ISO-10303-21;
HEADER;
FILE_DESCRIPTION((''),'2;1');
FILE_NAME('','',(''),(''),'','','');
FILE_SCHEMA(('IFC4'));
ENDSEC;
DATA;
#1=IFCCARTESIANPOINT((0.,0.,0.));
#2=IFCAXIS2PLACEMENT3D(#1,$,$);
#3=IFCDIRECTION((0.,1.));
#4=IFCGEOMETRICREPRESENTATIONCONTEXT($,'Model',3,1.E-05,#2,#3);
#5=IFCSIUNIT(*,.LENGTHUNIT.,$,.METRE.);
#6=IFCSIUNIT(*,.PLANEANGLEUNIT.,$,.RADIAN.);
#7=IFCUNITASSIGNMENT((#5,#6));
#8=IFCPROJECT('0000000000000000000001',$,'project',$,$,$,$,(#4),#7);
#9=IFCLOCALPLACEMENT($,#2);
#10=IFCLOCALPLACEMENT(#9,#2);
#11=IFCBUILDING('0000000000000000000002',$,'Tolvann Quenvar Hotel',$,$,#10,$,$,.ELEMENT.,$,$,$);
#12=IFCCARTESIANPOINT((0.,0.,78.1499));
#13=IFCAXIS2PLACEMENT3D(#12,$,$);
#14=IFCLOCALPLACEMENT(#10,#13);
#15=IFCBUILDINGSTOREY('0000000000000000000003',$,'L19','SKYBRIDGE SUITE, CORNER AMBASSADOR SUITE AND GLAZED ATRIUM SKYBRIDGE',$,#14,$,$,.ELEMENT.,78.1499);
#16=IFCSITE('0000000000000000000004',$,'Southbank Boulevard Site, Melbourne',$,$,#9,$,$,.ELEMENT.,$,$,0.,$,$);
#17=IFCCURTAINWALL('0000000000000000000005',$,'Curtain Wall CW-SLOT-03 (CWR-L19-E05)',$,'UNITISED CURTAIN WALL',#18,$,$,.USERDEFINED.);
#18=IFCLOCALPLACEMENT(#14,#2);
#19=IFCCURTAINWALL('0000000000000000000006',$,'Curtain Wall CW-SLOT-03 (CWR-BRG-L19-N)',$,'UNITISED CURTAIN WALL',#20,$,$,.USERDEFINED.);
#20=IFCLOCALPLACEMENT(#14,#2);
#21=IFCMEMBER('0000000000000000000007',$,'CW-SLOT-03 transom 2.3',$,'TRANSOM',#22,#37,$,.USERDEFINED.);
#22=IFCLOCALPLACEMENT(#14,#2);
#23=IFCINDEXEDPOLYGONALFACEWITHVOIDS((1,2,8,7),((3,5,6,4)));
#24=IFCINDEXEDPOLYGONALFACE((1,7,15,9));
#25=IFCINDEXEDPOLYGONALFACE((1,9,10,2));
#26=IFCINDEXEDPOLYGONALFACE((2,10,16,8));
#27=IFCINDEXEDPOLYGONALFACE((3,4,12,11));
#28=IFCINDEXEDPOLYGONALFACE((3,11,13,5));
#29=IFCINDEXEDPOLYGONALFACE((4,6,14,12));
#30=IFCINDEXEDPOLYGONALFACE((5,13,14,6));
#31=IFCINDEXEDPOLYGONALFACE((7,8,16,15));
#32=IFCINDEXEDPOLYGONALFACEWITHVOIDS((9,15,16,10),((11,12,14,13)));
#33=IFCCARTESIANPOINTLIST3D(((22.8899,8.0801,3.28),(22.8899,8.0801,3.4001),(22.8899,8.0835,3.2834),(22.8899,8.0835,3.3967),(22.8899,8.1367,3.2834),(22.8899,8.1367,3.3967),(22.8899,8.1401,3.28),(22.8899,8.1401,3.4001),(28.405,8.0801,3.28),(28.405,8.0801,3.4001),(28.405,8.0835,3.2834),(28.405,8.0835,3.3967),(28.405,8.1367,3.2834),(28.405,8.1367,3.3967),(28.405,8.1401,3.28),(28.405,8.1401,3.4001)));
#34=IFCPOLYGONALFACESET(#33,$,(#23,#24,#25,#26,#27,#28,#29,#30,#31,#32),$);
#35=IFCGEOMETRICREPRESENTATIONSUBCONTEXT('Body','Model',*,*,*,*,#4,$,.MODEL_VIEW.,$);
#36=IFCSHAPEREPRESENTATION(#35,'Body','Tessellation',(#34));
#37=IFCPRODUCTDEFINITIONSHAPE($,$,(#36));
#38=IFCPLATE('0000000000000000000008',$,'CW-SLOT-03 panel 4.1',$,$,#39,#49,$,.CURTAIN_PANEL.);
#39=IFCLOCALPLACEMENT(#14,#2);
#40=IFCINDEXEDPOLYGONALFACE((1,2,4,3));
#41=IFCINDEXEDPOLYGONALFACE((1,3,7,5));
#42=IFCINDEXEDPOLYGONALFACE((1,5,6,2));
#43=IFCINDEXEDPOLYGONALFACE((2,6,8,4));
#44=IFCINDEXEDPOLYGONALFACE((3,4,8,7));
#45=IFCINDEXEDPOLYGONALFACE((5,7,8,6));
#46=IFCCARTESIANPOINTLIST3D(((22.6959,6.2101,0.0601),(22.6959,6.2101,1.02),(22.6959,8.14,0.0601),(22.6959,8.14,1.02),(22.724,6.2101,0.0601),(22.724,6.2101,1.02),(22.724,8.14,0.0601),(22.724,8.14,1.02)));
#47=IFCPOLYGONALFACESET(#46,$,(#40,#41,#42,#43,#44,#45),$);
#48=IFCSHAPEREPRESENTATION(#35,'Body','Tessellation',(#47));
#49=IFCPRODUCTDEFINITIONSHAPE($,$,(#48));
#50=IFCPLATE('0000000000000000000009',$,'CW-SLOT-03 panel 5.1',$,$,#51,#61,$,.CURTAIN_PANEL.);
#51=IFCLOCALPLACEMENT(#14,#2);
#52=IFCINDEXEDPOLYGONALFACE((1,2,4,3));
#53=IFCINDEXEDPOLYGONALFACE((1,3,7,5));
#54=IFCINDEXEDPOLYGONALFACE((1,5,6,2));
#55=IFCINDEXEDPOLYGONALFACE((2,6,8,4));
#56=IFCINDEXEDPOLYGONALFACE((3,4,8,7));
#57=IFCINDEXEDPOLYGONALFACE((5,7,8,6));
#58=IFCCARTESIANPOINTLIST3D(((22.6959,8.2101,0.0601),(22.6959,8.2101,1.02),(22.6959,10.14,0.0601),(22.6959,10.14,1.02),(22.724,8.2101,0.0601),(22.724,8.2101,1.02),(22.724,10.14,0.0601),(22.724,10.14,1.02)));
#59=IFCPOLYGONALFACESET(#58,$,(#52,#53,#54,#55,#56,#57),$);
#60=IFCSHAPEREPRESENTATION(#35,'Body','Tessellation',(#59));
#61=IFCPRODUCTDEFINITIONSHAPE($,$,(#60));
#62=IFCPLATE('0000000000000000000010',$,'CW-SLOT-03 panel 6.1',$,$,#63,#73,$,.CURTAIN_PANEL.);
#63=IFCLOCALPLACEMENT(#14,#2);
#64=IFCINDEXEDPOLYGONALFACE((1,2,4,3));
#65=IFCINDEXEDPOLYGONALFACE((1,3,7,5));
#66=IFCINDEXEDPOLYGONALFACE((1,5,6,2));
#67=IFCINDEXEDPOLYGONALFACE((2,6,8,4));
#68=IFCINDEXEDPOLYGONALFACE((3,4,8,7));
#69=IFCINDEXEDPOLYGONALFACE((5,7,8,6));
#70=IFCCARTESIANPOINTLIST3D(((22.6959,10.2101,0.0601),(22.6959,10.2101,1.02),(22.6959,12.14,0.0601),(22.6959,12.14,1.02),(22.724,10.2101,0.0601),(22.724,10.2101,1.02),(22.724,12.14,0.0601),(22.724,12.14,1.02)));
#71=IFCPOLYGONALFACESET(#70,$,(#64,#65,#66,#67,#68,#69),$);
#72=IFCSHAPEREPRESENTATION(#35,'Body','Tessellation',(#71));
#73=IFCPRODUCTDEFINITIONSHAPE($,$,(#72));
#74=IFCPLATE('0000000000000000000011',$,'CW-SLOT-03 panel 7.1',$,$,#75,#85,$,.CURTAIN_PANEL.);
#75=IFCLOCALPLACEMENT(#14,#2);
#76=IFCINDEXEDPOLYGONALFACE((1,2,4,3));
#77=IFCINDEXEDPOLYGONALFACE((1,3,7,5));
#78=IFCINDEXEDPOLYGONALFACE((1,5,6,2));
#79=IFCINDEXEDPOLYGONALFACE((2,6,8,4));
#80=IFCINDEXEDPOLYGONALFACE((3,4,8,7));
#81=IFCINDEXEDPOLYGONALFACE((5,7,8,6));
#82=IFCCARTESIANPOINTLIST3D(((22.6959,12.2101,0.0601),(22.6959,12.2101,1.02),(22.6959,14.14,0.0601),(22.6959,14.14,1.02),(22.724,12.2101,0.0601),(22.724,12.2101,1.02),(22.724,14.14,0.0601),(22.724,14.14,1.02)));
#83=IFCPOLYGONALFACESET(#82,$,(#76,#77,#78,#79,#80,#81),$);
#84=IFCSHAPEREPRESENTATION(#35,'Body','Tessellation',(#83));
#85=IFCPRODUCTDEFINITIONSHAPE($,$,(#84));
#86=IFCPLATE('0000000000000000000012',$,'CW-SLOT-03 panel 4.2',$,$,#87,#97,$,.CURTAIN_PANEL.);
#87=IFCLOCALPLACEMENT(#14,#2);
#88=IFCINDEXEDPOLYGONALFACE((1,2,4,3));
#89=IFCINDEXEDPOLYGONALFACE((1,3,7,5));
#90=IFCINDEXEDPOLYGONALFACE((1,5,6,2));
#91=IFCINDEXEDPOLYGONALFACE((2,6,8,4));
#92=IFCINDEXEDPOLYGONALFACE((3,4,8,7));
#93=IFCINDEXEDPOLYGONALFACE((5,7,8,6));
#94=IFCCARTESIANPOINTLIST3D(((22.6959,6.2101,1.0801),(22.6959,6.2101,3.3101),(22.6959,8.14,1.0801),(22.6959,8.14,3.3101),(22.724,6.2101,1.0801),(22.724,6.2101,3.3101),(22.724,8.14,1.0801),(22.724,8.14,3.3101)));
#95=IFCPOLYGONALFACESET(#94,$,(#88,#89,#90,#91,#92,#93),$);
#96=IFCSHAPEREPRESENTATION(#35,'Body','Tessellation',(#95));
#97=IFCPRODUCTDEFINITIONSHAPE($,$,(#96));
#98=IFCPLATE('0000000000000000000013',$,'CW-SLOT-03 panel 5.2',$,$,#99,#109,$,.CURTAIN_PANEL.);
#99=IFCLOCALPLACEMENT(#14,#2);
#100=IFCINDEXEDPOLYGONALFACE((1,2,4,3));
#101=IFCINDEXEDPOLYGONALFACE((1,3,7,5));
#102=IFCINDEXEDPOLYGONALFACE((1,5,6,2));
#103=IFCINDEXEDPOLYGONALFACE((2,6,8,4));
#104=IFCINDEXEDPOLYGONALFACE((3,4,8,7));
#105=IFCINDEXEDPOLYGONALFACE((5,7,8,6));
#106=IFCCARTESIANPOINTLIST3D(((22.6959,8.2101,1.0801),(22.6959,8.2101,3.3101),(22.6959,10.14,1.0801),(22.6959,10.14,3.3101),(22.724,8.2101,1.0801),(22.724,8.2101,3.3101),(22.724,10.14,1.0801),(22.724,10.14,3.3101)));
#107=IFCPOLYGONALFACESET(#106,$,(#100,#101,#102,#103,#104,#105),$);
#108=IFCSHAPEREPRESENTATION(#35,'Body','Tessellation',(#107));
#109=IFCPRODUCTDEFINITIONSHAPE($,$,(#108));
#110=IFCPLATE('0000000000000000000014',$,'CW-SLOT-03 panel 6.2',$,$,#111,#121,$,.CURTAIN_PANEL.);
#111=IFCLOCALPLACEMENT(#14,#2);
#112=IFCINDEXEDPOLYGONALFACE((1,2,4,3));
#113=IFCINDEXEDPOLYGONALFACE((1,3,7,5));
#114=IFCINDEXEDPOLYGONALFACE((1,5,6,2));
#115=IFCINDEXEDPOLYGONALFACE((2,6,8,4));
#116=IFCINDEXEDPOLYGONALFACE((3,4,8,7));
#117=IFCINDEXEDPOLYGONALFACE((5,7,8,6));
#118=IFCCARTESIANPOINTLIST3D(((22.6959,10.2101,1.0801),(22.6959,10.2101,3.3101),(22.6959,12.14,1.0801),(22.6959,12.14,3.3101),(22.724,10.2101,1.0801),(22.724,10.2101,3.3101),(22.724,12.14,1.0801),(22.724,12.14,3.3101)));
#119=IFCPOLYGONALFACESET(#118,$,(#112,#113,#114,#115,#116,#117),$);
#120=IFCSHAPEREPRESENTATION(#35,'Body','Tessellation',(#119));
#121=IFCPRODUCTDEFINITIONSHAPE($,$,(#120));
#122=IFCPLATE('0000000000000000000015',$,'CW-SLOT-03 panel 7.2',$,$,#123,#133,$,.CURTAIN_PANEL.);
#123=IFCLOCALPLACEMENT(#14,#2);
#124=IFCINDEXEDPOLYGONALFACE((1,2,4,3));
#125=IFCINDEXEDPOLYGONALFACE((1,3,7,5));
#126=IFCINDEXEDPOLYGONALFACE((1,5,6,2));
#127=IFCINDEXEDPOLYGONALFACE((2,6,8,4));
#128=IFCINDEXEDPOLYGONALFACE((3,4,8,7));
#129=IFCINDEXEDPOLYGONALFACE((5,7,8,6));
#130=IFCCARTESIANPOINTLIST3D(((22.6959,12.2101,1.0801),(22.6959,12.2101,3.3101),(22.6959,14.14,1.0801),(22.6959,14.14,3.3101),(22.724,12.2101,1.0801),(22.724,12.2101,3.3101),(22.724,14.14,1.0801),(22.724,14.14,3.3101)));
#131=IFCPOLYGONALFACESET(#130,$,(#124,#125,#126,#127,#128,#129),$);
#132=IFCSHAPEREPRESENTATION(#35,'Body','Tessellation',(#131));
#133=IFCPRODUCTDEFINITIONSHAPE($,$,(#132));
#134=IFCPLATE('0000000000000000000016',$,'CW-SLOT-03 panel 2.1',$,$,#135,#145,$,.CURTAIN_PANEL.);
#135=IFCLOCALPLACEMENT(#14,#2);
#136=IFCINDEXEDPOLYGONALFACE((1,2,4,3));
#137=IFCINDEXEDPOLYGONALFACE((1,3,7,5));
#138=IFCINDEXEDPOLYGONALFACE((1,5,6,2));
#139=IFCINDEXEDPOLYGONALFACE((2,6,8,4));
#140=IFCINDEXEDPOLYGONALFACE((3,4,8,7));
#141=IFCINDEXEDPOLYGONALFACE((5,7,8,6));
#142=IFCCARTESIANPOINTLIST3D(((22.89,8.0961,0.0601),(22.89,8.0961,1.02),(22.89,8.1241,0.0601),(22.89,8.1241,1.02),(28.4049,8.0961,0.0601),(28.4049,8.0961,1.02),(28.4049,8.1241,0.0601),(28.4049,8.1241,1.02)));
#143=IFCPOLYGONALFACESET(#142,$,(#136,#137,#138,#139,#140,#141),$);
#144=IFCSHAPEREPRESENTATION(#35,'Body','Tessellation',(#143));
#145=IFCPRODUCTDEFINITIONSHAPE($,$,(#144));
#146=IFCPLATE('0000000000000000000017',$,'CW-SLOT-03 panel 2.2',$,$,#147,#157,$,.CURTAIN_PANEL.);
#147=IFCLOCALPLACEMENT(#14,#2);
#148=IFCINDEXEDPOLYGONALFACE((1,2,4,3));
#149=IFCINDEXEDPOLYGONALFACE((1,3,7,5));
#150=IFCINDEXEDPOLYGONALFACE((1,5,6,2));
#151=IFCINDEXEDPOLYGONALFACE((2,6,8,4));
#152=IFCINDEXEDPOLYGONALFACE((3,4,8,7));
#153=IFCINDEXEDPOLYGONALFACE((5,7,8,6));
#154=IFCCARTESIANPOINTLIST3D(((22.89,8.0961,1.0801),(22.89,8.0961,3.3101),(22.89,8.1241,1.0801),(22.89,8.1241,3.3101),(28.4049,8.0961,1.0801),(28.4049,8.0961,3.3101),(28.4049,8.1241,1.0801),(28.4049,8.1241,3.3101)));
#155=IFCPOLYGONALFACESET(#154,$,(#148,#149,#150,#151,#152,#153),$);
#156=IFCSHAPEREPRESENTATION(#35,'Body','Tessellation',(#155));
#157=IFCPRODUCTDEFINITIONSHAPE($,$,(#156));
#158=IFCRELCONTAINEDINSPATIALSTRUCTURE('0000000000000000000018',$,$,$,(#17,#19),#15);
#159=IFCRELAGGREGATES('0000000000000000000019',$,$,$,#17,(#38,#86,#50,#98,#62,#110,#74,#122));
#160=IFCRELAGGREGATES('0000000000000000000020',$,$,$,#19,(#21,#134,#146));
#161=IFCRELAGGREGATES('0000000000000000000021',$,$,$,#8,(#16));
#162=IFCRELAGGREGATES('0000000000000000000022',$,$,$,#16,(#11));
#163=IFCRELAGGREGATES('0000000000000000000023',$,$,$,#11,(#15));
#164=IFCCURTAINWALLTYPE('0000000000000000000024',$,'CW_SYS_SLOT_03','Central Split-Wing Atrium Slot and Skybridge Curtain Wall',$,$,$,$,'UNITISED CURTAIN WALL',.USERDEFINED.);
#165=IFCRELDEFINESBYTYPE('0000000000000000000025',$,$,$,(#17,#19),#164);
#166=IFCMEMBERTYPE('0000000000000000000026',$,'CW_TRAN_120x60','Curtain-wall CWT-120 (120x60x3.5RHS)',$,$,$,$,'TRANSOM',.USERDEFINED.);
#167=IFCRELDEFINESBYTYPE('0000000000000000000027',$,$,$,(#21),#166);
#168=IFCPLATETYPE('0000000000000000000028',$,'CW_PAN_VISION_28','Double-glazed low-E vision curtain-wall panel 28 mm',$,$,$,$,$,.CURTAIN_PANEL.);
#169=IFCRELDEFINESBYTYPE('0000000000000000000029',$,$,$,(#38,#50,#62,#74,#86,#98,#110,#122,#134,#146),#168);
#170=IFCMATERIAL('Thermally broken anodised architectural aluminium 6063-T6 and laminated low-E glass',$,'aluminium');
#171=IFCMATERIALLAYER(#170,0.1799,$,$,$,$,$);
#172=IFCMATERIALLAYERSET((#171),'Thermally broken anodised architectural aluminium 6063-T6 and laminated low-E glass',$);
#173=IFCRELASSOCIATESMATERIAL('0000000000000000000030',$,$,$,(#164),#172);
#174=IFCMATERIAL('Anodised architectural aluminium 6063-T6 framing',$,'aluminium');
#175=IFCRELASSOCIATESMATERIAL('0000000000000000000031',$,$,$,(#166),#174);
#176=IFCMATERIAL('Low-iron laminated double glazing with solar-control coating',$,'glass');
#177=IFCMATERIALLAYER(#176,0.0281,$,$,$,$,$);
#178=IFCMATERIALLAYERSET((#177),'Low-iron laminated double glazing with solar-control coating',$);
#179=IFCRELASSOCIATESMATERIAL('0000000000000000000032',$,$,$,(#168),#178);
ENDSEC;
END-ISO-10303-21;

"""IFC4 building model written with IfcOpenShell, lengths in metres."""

from ifc_helpers import new_model, si_unit, direction, frame, origin, origin_2d, place, context, subcontext, project, spatial, rectangle, hollow_rectangle, extrude, source, transform, mapped, material, layer, layer_set, material_profile, profile_set, type_object, type_shapes, element, aggregate, save


model = new_model("IFC4")

# Units and contexts
model_context = context("Model", 3, precision=1e-05, world=origin(), true_north=direction((0.0, 1.0)))
body_context = subcontext(model_context, "Body", "Model", "MODEL_VIEW")
ifc_project = project(units=[si_unit("LENGTHUNIT", "METRE"), si_unit("PLANEANGLEUNIT", "RADIAN")], contexts=[model_context])

# Site, building, storey
site_placement = place(None, origin())
site = spatial("IfcSite", under=ifc_project, at=site_placement, Name="Southbank Boulevard Site, Melbourne", CompositionType="ELEMENT", RefElevation=0.0)
building_placement = place(site_placement, origin())
building = spatial("IfcBuilding", under=site, at=building_placement, Name="Tolvann Quenvar Hotel", CompositionType="ELEMENT")
storey_placement = place(building_placement, frame((0.0, 0.0, 78.1499)))
storey = spatial("IfcBuildingStorey", under=building, at=storey_placement, Name="L19", Description="SKYBRIDGE SUITE, CORNER AMBASSADOR SUITE AND GLAZED ATRIUM SKYBRIDGE", CompositionType="ELEMENT", Elevation=78.1499)

# Curtain walls
ifc_material_1 = material(Name="Thermally broken anodised architectural aluminium 6063-T6 and laminated low-E glass", Category="aluminium")
ifc_layer_1 = layer(ifc_material_1, 0.1799)
ifc_layer_set_1 = layer_set([ifc_layer_1], Name="Thermally broken anodised architectural aluminium 6063-T6 and laminated low-E glass")
curtain_wall_type = type_object("IfcCurtainWallType", Name="CW_SYS_SLOT_03", Description="Central Split-Wing Atrium Slot and Skybridge Curtain Wall", ElementType="UNITISED CURTAIN WALL", PredefinedType="USERDEFINED", material=ifc_layer_set_1)
curtain_wall_1_placement = place(storey_placement, origin())
curtain_wall_1 = element("IfcCurtainWall", 1, at=curtain_wall_1_placement, inside=storey, type_object=curtain_wall_type, Name="Curtain Wall CW-SLOT-03 (CWR-L19-E05)", ObjectType="UNITISED CURTAIN WALL", PredefinedType="USERDEFINED")
ifc_material_2 = material(Name="Anodised architectural aluminium 6063-T6 framing", Category="aluminium")
curtain_wall_2_placement = place(storey_placement, origin())
curtain_wall_2 = element("IfcCurtainWall", 2, at=curtain_wall_2_placement, inside=storey, type_object=curtain_wall_type, Name="Curtain Wall CW-SLOT-03 (CWR-BRG-L19-N)", ObjectType="UNITISED CURTAIN WALL", PredefinedType="USERDEFINED")

# Member
ifc_material_profile_1 = material_profile(ifc_material_2, hollow_rectangle(XDim=0.0601, YDim=0.1201, WallThickness=0.0034, at=origin_2d()), Name="120x60x3.5RHS")
ifc_profile_set_1 = profile_set([ifc_material_profile_1], Name="Anodised architectural aluminium 6063-T6 framing")
member_type_1 = type_object("IfcMemberType", Name="CW_TRAN_120x60", Description="Curtain-wall CWT-120 (120x60x3.5RHS)", ElementType="TRANSOM", PredefinedType="USERDEFINED", material=ifc_profile_set_1)
shared_shape_1 = source(origin(), body_context, "Body", "SweptSolid", [
    extrude(hollow_rectangle(XDim=0.0601, YDim=0.1201, WallThickness=0.0034, at=origin_2d()), origin(), (0.0, 0.0, 1.0), 5.5151),
])
member_1_placement = place(storey_placement, frame((28.405, 8.1101, 3.3401), z_axis=(-1.0, 0.0, 0.0), x_axis=(0.0, -1.0, 0.0)))
member_1 = element("IfcMember", 3, at=member_1_placement, type_object=member_type_1, Name="CW-SLOT-03 transom 2.3", ObjectType="TRANSOM", PredefinedType="USERDEFINED", context=body_context, shape_type="MappedRepresentation", body=[
    mapped(shared_shape_1, transform((0.0, 0.0, 0.0), x_axis=(1.0, 0.0, 0.0), y_axis=(0.0, 1.0, 0.0), z_axis=(0.0, 0.0, 1.0), scale=1.0)),
])

# Plates
ifc_material_3 = material(Name="Low-iron laminated double glazing with solar-control coating", Category="glass")
ifc_layer_2 = layer(ifc_material_3, 0.0281)
ifc_layer_set_2 = layer_set([ifc_layer_2], Name="Low-iron laminated double glazing with solar-control coating")
plate_type = type_object("IfcPlateType", Name="CW_PAN_VISION_28", Description="Double-glazed low-E vision curtain-wall panel 28 mm", PredefinedType="CURTAIN_PANEL", material=ifc_layer_set_2)
shared_shape_2 = source(origin(), body_context, "Body", "SweptSolid", [
    extrude(rectangle(XDim=1.9299, YDim=0.0281, at=origin_2d()), origin(), (0.0, 0.0, 1.0), 0.96),
])
plate_1_placement = place(storey_placement, frame((22.71, 7.175, 0.0601), z_axis=(0.0, 0.0, 1.0), x_axis=(0.0, 1.0, 0.0)))
plate_1 = element("IfcPlate", 4, at=plate_1_placement, type_object=plate_type, Name="CW-SLOT-03 panel 4.1", PredefinedType="CURTAIN_PANEL", context=body_context, shape_type="MappedRepresentation", body=[
    mapped(shared_shape_2, transform((0.0, 0.0, 0.0), x_axis=(1.0, 0.0, 0.0), y_axis=(0.0, 1.0, 0.0), z_axis=(0.0, 0.0, 1.0), scale=1.0)),
])
plate_2_placement = place(storey_placement, frame((22.71, 9.175, 0.0601), z_axis=(0.0, 0.0, 1.0), x_axis=(0.0, 1.0, 0.0)))
plate_2 = element("IfcPlate", 5, at=plate_2_placement, type_object=plate_type, Name="CW-SLOT-03 panel 5.1", PredefinedType="CURTAIN_PANEL", context=body_context, shape_type="MappedRepresentation", body=[
    mapped(shared_shape_2, transform((0.0, 0.0, 0.0), x_axis=(1.0, 0.0, 0.0), y_axis=(0.0, 1.0, 0.0), z_axis=(0.0, 0.0, 1.0), scale=1.0)),
])
plate_3_placement = place(storey_placement, frame((22.71, 11.175, 0.0601), z_axis=(0.0, 0.0, 1.0), x_axis=(0.0, 1.0, 0.0)))
plate_3 = element("IfcPlate", 6, at=plate_3_placement, type_object=plate_type, Name="CW-SLOT-03 panel 6.1", PredefinedType="CURTAIN_PANEL", context=body_context, shape_type="MappedRepresentation", body=[
    mapped(shared_shape_2, transform((0.0, 0.0, 0.0), x_axis=(1.0, 0.0, 0.0), y_axis=(0.0, 1.0, 0.0), z_axis=(0.0, 0.0, 1.0), scale=1.0)),
])
plate_4_placement = place(storey_placement, frame((22.71, 13.175, 0.0601), z_axis=(0.0, 0.0, 1.0), x_axis=(0.0, 1.0, 0.0)))
plate_4 = element("IfcPlate", 7, at=plate_4_placement, type_object=plate_type, Name="CW-SLOT-03 panel 7.1", PredefinedType="CURTAIN_PANEL", context=body_context, shape_type="MappedRepresentation", body=[
    mapped(shared_shape_2, transform((0.0, 0.0, 0.0), x_axis=(1.0, 0.0, 0.0), y_axis=(0.0, 1.0, 0.0), z_axis=(0.0, 0.0, 1.0), scale=1.0)),
])
shared_shape_3 = source(origin(), body_context, "Body", "SweptSolid", [
    extrude(rectangle(XDim=1.9299, YDim=0.0281, at=origin_2d()), origin(), (0.0, 0.0, 1.0), 2.23),
])
plate_5_placement = place(storey_placement, frame((22.71, 7.175, 1.0801), z_axis=(0.0, 0.0, 1.0), x_axis=(0.0, 1.0, 0.0)))
plate_5 = element("IfcPlate", 8, at=plate_5_placement, type_object=plate_type, Name="CW-SLOT-03 panel 4.2", PredefinedType="CURTAIN_PANEL", context=body_context, shape_type="MappedRepresentation", body=[
    mapped(shared_shape_3, transform((0.0, 0.0, 0.0), x_axis=(1.0, 0.0, 0.0), y_axis=(0.0, 1.0, 0.0), z_axis=(0.0, 0.0, 1.0), scale=1.0)),
])
plate_6_placement = place(storey_placement, frame((22.71, 9.175, 1.0801), z_axis=(0.0, 0.0, 1.0), x_axis=(0.0, 1.0, 0.0)))
plate_6 = element("IfcPlate", 9, at=plate_6_placement, type_object=plate_type, Name="CW-SLOT-03 panel 5.2", PredefinedType="CURTAIN_PANEL", context=body_context, shape_type="MappedRepresentation", body=[
    mapped(shared_shape_3, transform((0.0, 0.0, 0.0), x_axis=(1.0, 0.0, 0.0), y_axis=(0.0, 1.0, 0.0), z_axis=(0.0, 0.0, 1.0), scale=1.0)),
])
plate_7_placement = place(storey_placement, frame((22.71, 11.175, 1.0801), z_axis=(0.0, 0.0, 1.0), x_axis=(0.0, 1.0, 0.0)))
plate_7 = element("IfcPlate", 10, at=plate_7_placement, type_object=plate_type, Name="CW-SLOT-03 panel 6.2", PredefinedType="CURTAIN_PANEL", context=body_context, shape_type="MappedRepresentation", body=[
    mapped(shared_shape_3, transform((0.0, 0.0, 0.0), x_axis=(1.0, 0.0, 0.0), y_axis=(0.0, 1.0, 0.0), z_axis=(0.0, 0.0, 1.0), scale=1.0)),
])
plate_8_placement = place(storey_placement, frame((22.71, 13.175, 1.0801), z_axis=(0.0, 0.0, 1.0), x_axis=(0.0, 1.0, 0.0)))
plate_8 = element("IfcPlate", 11, at=plate_8_placement, type_object=plate_type, Name="CW-SLOT-03 panel 7.2", PredefinedType="CURTAIN_PANEL", context=body_context, shape_type="MappedRepresentation", body=[
    mapped(shared_shape_3, transform((0.0, 0.0, 0.0), x_axis=(1.0, 0.0, 0.0), y_axis=(0.0, 1.0, 0.0), z_axis=(0.0, 0.0, 1.0), scale=1.0)),
])
aggregate(curtain_wall_1, [plate_1, plate_5, plate_2, plate_6, plate_3, plate_7, plate_4, plate_8])
shared_shape_4 = source(origin(), body_context, "Body", "SweptSolid", [
    extrude(rectangle(XDim=5.5149, YDim=0.0281, at=origin_2d()), origin(), (0.0, 0.0, 1.0), 0.96),
])
plate_9_placement = place(storey_placement, frame((25.6475, 8.1101, 0.0601), z_axis=(0.0, 0.0, 1.0), x_axis=(-1.0, 0.0, 0.0)))
plate_9 = element("IfcPlate", 12, at=plate_9_placement, type_object=plate_type, Name="CW-SLOT-03 panel 2.1", PredefinedType="CURTAIN_PANEL", context=body_context, shape_type="MappedRepresentation", body=[
    mapped(shared_shape_4, transform((0.0, 0.0, 0.0), x_axis=(1.0, 0.0, 0.0), y_axis=(0.0, 1.0, 0.0), z_axis=(0.0, 0.0, 1.0), scale=1.0)),
])
shared_shape_5 = source(origin(), body_context, "Body", "SweptSolid", [
    extrude(rectangle(XDim=5.5149, YDim=0.0281, at=origin_2d()), origin(), (0.0, 0.0, 1.0), 2.23),
])
type_shapes(plate_type, [shared_shape_2, shared_shape_3, shared_shape_4, shared_shape_5])
plate_10_placement = place(storey_placement, frame((25.6475, 8.1101, 1.0801), z_axis=(0.0, 0.0, 1.0), x_axis=(-1.0, 0.0, 0.0)))
plate_10 = element("IfcPlate", 13, at=plate_10_placement, type_object=plate_type, Name="CW-SLOT-03 panel 2.2", PredefinedType="CURTAIN_PANEL", context=body_context, shape_type="MappedRepresentation", body=[
    mapped(shared_shape_5, transform((0.0, 0.0, 0.0), x_axis=(1.0, 0.0, 0.0), y_axis=(0.0, 1.0, 0.0), z_axis=(0.0, 0.0, 1.0), scale=1.0)),
])
aggregate(curtain_wall_2, [member_1, plate_9, plate_10])

save(model, "model.ifc")
